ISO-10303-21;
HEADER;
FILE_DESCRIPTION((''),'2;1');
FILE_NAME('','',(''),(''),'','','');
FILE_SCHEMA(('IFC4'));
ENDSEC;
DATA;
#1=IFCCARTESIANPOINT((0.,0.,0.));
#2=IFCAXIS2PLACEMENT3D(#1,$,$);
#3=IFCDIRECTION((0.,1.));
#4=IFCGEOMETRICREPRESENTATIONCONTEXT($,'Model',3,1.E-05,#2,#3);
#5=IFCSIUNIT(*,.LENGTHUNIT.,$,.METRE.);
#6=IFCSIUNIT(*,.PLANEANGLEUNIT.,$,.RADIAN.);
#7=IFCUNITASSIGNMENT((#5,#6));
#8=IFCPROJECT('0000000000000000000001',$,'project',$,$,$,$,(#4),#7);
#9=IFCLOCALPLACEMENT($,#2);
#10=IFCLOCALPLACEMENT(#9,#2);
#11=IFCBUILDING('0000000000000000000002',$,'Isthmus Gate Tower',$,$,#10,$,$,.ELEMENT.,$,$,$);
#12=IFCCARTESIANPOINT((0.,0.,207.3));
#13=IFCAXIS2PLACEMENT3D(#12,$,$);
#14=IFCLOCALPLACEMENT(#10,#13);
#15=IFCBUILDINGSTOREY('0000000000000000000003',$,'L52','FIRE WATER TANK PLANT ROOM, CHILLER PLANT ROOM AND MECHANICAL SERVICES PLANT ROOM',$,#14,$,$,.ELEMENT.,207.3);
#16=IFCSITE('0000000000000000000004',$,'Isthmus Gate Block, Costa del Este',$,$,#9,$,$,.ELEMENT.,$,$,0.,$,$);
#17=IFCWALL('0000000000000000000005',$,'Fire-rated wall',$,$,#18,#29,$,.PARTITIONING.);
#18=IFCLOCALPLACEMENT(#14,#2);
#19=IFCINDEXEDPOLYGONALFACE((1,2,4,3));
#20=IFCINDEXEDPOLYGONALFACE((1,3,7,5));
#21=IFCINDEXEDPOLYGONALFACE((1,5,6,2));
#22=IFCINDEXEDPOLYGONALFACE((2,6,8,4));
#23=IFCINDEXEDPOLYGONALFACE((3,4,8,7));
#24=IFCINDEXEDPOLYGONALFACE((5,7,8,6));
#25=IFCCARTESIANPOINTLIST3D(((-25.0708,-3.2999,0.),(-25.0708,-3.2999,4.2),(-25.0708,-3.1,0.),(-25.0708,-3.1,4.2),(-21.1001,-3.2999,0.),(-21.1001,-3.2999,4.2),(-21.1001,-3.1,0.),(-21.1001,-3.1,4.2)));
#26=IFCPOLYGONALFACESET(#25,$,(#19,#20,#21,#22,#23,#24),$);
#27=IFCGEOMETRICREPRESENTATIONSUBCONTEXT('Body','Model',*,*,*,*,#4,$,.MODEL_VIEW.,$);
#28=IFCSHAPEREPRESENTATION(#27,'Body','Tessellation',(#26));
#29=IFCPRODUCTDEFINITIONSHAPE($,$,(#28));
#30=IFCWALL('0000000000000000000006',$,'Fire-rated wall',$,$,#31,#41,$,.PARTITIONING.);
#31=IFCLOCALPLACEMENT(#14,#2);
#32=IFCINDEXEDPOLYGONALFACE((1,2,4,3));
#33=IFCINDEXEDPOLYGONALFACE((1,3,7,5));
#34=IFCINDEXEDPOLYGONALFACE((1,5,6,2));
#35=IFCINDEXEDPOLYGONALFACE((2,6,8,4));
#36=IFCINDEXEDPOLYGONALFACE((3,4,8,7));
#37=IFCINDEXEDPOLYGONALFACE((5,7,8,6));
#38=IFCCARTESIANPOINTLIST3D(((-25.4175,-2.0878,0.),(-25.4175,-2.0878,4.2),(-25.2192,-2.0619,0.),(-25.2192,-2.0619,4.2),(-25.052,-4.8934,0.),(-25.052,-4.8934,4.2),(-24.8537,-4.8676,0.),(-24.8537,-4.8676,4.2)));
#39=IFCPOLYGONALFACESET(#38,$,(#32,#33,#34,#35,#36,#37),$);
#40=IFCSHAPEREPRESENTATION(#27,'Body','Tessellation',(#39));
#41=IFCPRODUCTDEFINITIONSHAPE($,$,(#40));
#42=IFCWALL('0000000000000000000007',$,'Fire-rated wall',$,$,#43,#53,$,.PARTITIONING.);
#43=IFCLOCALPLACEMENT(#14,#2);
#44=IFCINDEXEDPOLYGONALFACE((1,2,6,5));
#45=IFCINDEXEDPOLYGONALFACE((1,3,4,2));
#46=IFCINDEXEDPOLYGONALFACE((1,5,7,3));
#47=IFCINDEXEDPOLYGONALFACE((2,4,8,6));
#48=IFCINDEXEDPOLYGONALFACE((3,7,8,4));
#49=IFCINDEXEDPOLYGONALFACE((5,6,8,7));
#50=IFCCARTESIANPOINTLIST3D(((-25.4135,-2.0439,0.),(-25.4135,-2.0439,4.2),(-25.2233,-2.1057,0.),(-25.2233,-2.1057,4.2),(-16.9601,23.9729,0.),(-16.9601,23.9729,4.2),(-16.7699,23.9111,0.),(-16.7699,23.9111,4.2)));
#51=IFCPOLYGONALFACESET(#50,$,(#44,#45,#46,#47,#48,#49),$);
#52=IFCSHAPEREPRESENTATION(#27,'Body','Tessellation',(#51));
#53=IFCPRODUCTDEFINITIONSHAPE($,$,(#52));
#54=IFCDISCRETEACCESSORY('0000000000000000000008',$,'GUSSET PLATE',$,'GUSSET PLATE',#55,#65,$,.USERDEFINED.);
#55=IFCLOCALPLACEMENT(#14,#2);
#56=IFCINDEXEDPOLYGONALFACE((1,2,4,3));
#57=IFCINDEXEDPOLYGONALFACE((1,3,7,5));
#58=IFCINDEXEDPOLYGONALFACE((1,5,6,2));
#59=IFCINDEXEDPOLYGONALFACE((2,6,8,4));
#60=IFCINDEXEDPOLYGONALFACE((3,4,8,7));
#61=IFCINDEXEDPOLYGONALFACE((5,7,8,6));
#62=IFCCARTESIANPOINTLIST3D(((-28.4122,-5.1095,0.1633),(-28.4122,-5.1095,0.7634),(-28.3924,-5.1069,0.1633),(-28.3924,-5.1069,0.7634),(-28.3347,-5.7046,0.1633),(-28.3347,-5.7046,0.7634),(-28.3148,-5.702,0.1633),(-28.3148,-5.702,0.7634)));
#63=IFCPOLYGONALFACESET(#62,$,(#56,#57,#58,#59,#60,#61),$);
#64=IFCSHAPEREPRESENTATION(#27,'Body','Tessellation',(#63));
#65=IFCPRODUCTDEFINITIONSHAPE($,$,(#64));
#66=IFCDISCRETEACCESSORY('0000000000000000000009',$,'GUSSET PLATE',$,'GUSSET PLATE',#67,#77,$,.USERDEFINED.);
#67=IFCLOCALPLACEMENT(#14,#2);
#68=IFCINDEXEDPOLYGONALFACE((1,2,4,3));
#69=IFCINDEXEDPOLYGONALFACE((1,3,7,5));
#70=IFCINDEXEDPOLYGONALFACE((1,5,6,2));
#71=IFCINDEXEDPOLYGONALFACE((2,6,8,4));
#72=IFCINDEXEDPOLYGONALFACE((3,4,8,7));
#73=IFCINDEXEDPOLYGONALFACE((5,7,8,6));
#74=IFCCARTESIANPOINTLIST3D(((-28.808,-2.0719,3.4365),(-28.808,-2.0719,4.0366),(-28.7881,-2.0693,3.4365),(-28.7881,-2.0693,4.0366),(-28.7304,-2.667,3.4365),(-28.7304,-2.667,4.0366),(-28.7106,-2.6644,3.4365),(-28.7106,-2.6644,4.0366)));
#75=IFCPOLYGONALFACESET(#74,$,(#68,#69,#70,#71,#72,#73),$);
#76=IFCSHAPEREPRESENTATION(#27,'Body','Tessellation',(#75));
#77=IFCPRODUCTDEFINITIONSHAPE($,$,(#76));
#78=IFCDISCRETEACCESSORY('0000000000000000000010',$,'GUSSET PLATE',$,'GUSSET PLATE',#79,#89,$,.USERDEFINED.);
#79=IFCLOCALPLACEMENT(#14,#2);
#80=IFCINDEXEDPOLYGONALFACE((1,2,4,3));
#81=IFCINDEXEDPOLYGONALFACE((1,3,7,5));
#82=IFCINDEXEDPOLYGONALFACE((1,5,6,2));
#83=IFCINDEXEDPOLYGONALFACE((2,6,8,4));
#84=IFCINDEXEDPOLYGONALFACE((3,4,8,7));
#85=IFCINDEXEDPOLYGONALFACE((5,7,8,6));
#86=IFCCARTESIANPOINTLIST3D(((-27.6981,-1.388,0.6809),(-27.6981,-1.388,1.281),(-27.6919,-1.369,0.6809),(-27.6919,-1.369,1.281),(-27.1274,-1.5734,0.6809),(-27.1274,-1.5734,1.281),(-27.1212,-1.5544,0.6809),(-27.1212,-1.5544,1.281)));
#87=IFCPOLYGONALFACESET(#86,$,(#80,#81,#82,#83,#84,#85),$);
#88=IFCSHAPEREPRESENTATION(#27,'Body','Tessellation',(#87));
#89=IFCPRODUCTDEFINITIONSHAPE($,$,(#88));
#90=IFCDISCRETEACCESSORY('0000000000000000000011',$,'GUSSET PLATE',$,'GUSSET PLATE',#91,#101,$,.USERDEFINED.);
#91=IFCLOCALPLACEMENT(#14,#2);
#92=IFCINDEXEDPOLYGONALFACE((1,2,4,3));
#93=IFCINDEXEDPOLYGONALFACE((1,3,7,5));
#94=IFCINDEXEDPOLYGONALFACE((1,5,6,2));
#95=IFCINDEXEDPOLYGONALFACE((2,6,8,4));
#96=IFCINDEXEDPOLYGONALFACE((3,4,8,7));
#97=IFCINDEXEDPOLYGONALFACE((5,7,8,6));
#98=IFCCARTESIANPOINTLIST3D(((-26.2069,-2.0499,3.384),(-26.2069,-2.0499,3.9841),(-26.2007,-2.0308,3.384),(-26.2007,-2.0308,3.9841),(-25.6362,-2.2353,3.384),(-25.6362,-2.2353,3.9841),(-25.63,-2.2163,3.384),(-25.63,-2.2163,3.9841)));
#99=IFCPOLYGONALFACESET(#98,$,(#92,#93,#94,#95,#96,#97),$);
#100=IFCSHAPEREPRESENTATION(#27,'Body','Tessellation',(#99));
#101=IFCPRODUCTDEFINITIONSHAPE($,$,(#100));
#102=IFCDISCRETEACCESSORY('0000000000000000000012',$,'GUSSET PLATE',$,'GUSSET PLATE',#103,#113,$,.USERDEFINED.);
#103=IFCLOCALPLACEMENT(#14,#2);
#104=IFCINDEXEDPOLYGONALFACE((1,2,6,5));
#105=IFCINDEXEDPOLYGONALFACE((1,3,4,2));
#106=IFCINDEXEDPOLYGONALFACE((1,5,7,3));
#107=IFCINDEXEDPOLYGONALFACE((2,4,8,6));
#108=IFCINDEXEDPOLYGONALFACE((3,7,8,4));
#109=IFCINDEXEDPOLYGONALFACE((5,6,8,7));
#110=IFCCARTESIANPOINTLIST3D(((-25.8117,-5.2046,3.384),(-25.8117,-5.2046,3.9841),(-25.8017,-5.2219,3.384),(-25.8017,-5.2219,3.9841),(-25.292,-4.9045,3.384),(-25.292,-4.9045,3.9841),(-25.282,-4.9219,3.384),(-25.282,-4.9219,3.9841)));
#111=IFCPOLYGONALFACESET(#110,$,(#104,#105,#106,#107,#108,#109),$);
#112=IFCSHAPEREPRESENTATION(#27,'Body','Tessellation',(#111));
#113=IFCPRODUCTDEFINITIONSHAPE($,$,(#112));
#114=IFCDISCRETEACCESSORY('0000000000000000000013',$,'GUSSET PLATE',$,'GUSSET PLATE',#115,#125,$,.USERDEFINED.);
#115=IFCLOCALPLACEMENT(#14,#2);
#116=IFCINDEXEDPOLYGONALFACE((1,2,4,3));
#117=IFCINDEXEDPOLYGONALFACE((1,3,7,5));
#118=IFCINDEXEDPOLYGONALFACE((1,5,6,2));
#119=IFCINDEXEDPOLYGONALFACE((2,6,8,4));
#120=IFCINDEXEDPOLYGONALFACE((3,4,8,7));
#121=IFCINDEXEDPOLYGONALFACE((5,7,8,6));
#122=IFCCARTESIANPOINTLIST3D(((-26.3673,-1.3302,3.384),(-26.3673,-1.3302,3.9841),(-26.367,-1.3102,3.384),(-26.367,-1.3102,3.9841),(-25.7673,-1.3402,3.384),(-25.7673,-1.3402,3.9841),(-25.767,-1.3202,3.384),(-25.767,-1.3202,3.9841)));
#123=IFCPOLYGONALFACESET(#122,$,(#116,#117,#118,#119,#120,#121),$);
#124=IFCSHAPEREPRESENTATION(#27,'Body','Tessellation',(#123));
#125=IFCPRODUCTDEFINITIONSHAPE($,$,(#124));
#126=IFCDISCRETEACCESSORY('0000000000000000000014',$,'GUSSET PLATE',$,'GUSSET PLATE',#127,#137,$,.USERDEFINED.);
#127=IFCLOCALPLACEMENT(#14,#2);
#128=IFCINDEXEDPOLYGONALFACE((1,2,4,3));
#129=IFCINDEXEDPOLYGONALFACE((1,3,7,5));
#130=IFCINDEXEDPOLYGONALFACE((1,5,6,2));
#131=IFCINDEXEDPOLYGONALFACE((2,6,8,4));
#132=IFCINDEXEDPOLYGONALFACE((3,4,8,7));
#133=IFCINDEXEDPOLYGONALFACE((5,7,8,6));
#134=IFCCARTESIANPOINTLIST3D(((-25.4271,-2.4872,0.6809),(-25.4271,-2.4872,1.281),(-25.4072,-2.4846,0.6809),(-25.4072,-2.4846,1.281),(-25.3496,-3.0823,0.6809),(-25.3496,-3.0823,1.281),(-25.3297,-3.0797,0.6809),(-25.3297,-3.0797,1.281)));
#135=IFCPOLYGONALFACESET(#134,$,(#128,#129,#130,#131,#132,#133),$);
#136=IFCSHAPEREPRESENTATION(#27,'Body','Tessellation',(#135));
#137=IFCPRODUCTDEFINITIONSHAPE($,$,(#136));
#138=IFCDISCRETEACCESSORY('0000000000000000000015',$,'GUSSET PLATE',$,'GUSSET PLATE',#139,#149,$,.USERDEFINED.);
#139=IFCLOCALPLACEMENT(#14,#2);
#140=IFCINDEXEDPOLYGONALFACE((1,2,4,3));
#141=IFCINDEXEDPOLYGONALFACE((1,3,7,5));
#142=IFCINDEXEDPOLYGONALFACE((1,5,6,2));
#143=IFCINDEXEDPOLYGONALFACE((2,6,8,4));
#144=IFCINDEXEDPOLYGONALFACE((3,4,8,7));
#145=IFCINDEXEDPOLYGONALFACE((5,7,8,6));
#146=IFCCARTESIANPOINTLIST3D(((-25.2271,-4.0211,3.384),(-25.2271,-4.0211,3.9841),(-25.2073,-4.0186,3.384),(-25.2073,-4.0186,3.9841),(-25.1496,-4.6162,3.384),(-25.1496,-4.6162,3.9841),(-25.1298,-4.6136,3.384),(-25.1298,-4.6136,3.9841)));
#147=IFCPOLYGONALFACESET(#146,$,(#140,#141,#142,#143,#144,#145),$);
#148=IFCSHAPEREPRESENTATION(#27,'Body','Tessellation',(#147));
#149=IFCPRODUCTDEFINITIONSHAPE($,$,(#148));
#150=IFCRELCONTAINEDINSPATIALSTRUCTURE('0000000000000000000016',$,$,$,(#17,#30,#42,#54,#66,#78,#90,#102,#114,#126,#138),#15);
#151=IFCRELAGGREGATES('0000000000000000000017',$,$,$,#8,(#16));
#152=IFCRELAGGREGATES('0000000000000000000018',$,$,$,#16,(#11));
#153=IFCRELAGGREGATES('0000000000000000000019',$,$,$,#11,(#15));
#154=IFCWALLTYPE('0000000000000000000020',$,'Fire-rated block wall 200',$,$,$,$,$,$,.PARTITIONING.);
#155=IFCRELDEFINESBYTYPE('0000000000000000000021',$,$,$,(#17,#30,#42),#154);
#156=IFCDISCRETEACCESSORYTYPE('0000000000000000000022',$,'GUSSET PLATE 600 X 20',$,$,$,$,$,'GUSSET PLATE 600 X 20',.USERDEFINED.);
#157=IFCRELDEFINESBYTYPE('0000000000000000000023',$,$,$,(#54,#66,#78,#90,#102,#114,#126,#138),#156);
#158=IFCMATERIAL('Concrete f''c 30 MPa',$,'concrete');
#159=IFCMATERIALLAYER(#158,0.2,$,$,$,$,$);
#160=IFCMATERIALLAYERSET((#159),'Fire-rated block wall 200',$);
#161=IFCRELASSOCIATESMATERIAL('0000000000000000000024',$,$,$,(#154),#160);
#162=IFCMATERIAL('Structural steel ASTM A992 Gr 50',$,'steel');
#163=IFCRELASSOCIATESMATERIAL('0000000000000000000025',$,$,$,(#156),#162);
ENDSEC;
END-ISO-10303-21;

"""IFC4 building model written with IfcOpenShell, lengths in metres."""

from ifc_helpers import new_model, si_unit, direction, frame, frame_2d, origin, origin_2d, place, context, subcontext, project, spatial, rectangle, extrude, material, layer, layer_set, type_object, element, save


model = new_model("IFC4")

# Units and contexts
model_context = context("Model", 3, precision=1e-05, world=origin(), true_north=direction((0.0, 1.0)))
body_context = subcontext(model_context, "Body", "Model", "MODEL_VIEW")
ifc_project = project(units=[si_unit("LENGTHUNIT", "METRE"), si_unit("PLANEANGLEUNIT", "RADIAN")], contexts=[model_context])

# Site, building, storey
site_placement = place(None, origin())
site = spatial("IfcSite", under=ifc_project, at=site_placement, Name="Isthmus Gate Block, Costa del Este", CompositionType="ELEMENT", RefElevation=0.0)
building_placement = place(site_placement, origin())
building = spatial("IfcBuilding", under=site, at=building_placement, Name="Isthmus Gate Tower", CompositionType="ELEMENT")
storey_placement = place(building_placement, frame((0.0, 0.0, 207.3)))
storey = spatial("IfcBuildingStorey", under=building, at=storey_placement, Name="L52", Description="FIRE WATER TANK PLANT ROOM, CHILLER PLANT ROOM AND MECHANICAL SERVICES PLANT ROOM", CompositionType="ELEMENT", Elevation=207.3)

# Walls
ifc_material_1 = material(Name="Concrete f'c 30 MPa", Category="concrete")
ifc_layer_1 = layer(ifc_material_1, 0.2)
ifc_layer_set_1 = layer_set([ifc_layer_1], Name="Fire-rated block wall 200")
wall_type = type_object("IfcWallType", Name="Fire-rated block wall 200", PredefinedType="PARTITIONING", material=ifc_layer_set_1)
wall_1_placement = place(storey_placement, frame((-25.0708, -3.2, 0.0), z_axis=(0.0, 0.0, 1.0), x_axis=(1.0, 0.0, 0.0)))
element("IfcWall", 1, at=wall_1_placement, inside=storey, type_object=wall_type, Name="Fire-rated wall", PredefinedType="PARTITIONING", context=body_context, shape_type="SweptSolid", body=[
    extrude(rectangle(XDim=3.9707, YDim=0.2, at=frame_2d((1.9854, 0.0))), origin(), (0.0, 0.0, 1.0), 4.2),
])
wall_2_placement = place(storey_placement, frame((-24.9529, -4.8804, 0.0), z_axis=(0.0, 0.0, 1.0), x_axis=(-0.129173, 0.991622, 0.0)))
element("IfcWall", 2, at=wall_2_placement, inside=storey, type_object=wall_type, Name="Fire-rated wall", PredefinedType="PARTITIONING", context=body_context, shape_type="SweptSolid", body=[
    extrude(rectangle(XDim=2.8293, YDim=0.2, at=frame_2d((1.4146, 0.0))), origin(), (0.0, 0.0, 1.0), 4.2),
])
wall_3_placement = place(storey_placement, frame((-25.3184, -2.0747, 0.0), z_axis=(0.0, 0.0, 1.0), x_axis=(0.309016, 0.951057, 0.0)))
element("IfcWall", 3, at=wall_3_placement, inside=storey, type_object=wall_type, Name="Fire-rated wall", PredefinedType="PARTITIONING", context=body_context, shape_type="SweptSolid", body=[
    extrude(rectangle(XDim=27.3557, YDim=0.2, at=frame_2d((13.6777, 0.0))), origin(), (0.0, 0.0, 1.0), 4.2),
])

# Discrete accessories
ifc_material_2 = material(Name="Structural steel ASTM A992 Gr 50", Category="steel")
discrete_accessory_type = type_object("IfcDiscreteAccessoryType", Name="GUSSET PLATE 600 X 20", ElementType="GUSSET PLATE 600 X 20", PredefinedType="USERDEFINED", material=ifc_material_2)
for number, where, z_axis, x_axis, name in (
    (4, (-28.3635, -5.4058, 0.1633), (0.0, 0.0, 1.0), (-0.129165, 0.991623, 0.0), "GUSSET PLATE"),
    (5, (-28.7593, -2.3682, 3.4365), (0.0, 0.0, 1.0), (-0.129165, 0.991623, 0.0), "GUSSET PLATE"),
    (6, (-27.4097, -1.4712, 0.6809), (0.0, 0.0, 1.0), (0.951057, -0.309017, 0.0), "GUSSET PLATE"),
    (7, (-25.9185, -2.1331, 3.384), (0.0, 0.0, 1.0), (0.951057, -0.309017, 0.0), "GUSSET PLATE"),
    (8, (-25.5469, -5.0632, 3.384), (0.0, 0.0, 1.0), (0.866025, 0.5, 0.0), "GUSSET PLATE"),
    (9, (-26.0671, -1.3252, 3.384), (0.0, 0.0, 1.0), (0.99986, -0.016745, 0.0), "GUSSET PLATE"),
    (10, (-25.3784, -2.7834, 0.6809), (0.0, 0.0, 1.0), (0.129165, -0.991623, 0.0), "GUSSET PLATE"),
    (11, (-25.1785, -4.3174, 3.384), (0.0, 0.0, 1.0), (0.129165, -0.991623, 0.0), "GUSSET PLATE"),
):
    element("IfcDiscreteAccessory", number, at=place(storey_placement, frame(where, z_axis=z_axis, x_axis=x_axis)), inside=storey, type_object=discrete_accessory_type, Name=name, ObjectType="GUSSET PLATE", PredefinedType="USERDEFINED", context=body_context, shape_type="SweptSolid", body=[
        extrude(rectangle(XDim=0.6001, YDim=0.02, at=origin_2d()), origin(), (0.0, 0.0, 1.0), 0.6001),
    ])

save(model, "model.ifc")
